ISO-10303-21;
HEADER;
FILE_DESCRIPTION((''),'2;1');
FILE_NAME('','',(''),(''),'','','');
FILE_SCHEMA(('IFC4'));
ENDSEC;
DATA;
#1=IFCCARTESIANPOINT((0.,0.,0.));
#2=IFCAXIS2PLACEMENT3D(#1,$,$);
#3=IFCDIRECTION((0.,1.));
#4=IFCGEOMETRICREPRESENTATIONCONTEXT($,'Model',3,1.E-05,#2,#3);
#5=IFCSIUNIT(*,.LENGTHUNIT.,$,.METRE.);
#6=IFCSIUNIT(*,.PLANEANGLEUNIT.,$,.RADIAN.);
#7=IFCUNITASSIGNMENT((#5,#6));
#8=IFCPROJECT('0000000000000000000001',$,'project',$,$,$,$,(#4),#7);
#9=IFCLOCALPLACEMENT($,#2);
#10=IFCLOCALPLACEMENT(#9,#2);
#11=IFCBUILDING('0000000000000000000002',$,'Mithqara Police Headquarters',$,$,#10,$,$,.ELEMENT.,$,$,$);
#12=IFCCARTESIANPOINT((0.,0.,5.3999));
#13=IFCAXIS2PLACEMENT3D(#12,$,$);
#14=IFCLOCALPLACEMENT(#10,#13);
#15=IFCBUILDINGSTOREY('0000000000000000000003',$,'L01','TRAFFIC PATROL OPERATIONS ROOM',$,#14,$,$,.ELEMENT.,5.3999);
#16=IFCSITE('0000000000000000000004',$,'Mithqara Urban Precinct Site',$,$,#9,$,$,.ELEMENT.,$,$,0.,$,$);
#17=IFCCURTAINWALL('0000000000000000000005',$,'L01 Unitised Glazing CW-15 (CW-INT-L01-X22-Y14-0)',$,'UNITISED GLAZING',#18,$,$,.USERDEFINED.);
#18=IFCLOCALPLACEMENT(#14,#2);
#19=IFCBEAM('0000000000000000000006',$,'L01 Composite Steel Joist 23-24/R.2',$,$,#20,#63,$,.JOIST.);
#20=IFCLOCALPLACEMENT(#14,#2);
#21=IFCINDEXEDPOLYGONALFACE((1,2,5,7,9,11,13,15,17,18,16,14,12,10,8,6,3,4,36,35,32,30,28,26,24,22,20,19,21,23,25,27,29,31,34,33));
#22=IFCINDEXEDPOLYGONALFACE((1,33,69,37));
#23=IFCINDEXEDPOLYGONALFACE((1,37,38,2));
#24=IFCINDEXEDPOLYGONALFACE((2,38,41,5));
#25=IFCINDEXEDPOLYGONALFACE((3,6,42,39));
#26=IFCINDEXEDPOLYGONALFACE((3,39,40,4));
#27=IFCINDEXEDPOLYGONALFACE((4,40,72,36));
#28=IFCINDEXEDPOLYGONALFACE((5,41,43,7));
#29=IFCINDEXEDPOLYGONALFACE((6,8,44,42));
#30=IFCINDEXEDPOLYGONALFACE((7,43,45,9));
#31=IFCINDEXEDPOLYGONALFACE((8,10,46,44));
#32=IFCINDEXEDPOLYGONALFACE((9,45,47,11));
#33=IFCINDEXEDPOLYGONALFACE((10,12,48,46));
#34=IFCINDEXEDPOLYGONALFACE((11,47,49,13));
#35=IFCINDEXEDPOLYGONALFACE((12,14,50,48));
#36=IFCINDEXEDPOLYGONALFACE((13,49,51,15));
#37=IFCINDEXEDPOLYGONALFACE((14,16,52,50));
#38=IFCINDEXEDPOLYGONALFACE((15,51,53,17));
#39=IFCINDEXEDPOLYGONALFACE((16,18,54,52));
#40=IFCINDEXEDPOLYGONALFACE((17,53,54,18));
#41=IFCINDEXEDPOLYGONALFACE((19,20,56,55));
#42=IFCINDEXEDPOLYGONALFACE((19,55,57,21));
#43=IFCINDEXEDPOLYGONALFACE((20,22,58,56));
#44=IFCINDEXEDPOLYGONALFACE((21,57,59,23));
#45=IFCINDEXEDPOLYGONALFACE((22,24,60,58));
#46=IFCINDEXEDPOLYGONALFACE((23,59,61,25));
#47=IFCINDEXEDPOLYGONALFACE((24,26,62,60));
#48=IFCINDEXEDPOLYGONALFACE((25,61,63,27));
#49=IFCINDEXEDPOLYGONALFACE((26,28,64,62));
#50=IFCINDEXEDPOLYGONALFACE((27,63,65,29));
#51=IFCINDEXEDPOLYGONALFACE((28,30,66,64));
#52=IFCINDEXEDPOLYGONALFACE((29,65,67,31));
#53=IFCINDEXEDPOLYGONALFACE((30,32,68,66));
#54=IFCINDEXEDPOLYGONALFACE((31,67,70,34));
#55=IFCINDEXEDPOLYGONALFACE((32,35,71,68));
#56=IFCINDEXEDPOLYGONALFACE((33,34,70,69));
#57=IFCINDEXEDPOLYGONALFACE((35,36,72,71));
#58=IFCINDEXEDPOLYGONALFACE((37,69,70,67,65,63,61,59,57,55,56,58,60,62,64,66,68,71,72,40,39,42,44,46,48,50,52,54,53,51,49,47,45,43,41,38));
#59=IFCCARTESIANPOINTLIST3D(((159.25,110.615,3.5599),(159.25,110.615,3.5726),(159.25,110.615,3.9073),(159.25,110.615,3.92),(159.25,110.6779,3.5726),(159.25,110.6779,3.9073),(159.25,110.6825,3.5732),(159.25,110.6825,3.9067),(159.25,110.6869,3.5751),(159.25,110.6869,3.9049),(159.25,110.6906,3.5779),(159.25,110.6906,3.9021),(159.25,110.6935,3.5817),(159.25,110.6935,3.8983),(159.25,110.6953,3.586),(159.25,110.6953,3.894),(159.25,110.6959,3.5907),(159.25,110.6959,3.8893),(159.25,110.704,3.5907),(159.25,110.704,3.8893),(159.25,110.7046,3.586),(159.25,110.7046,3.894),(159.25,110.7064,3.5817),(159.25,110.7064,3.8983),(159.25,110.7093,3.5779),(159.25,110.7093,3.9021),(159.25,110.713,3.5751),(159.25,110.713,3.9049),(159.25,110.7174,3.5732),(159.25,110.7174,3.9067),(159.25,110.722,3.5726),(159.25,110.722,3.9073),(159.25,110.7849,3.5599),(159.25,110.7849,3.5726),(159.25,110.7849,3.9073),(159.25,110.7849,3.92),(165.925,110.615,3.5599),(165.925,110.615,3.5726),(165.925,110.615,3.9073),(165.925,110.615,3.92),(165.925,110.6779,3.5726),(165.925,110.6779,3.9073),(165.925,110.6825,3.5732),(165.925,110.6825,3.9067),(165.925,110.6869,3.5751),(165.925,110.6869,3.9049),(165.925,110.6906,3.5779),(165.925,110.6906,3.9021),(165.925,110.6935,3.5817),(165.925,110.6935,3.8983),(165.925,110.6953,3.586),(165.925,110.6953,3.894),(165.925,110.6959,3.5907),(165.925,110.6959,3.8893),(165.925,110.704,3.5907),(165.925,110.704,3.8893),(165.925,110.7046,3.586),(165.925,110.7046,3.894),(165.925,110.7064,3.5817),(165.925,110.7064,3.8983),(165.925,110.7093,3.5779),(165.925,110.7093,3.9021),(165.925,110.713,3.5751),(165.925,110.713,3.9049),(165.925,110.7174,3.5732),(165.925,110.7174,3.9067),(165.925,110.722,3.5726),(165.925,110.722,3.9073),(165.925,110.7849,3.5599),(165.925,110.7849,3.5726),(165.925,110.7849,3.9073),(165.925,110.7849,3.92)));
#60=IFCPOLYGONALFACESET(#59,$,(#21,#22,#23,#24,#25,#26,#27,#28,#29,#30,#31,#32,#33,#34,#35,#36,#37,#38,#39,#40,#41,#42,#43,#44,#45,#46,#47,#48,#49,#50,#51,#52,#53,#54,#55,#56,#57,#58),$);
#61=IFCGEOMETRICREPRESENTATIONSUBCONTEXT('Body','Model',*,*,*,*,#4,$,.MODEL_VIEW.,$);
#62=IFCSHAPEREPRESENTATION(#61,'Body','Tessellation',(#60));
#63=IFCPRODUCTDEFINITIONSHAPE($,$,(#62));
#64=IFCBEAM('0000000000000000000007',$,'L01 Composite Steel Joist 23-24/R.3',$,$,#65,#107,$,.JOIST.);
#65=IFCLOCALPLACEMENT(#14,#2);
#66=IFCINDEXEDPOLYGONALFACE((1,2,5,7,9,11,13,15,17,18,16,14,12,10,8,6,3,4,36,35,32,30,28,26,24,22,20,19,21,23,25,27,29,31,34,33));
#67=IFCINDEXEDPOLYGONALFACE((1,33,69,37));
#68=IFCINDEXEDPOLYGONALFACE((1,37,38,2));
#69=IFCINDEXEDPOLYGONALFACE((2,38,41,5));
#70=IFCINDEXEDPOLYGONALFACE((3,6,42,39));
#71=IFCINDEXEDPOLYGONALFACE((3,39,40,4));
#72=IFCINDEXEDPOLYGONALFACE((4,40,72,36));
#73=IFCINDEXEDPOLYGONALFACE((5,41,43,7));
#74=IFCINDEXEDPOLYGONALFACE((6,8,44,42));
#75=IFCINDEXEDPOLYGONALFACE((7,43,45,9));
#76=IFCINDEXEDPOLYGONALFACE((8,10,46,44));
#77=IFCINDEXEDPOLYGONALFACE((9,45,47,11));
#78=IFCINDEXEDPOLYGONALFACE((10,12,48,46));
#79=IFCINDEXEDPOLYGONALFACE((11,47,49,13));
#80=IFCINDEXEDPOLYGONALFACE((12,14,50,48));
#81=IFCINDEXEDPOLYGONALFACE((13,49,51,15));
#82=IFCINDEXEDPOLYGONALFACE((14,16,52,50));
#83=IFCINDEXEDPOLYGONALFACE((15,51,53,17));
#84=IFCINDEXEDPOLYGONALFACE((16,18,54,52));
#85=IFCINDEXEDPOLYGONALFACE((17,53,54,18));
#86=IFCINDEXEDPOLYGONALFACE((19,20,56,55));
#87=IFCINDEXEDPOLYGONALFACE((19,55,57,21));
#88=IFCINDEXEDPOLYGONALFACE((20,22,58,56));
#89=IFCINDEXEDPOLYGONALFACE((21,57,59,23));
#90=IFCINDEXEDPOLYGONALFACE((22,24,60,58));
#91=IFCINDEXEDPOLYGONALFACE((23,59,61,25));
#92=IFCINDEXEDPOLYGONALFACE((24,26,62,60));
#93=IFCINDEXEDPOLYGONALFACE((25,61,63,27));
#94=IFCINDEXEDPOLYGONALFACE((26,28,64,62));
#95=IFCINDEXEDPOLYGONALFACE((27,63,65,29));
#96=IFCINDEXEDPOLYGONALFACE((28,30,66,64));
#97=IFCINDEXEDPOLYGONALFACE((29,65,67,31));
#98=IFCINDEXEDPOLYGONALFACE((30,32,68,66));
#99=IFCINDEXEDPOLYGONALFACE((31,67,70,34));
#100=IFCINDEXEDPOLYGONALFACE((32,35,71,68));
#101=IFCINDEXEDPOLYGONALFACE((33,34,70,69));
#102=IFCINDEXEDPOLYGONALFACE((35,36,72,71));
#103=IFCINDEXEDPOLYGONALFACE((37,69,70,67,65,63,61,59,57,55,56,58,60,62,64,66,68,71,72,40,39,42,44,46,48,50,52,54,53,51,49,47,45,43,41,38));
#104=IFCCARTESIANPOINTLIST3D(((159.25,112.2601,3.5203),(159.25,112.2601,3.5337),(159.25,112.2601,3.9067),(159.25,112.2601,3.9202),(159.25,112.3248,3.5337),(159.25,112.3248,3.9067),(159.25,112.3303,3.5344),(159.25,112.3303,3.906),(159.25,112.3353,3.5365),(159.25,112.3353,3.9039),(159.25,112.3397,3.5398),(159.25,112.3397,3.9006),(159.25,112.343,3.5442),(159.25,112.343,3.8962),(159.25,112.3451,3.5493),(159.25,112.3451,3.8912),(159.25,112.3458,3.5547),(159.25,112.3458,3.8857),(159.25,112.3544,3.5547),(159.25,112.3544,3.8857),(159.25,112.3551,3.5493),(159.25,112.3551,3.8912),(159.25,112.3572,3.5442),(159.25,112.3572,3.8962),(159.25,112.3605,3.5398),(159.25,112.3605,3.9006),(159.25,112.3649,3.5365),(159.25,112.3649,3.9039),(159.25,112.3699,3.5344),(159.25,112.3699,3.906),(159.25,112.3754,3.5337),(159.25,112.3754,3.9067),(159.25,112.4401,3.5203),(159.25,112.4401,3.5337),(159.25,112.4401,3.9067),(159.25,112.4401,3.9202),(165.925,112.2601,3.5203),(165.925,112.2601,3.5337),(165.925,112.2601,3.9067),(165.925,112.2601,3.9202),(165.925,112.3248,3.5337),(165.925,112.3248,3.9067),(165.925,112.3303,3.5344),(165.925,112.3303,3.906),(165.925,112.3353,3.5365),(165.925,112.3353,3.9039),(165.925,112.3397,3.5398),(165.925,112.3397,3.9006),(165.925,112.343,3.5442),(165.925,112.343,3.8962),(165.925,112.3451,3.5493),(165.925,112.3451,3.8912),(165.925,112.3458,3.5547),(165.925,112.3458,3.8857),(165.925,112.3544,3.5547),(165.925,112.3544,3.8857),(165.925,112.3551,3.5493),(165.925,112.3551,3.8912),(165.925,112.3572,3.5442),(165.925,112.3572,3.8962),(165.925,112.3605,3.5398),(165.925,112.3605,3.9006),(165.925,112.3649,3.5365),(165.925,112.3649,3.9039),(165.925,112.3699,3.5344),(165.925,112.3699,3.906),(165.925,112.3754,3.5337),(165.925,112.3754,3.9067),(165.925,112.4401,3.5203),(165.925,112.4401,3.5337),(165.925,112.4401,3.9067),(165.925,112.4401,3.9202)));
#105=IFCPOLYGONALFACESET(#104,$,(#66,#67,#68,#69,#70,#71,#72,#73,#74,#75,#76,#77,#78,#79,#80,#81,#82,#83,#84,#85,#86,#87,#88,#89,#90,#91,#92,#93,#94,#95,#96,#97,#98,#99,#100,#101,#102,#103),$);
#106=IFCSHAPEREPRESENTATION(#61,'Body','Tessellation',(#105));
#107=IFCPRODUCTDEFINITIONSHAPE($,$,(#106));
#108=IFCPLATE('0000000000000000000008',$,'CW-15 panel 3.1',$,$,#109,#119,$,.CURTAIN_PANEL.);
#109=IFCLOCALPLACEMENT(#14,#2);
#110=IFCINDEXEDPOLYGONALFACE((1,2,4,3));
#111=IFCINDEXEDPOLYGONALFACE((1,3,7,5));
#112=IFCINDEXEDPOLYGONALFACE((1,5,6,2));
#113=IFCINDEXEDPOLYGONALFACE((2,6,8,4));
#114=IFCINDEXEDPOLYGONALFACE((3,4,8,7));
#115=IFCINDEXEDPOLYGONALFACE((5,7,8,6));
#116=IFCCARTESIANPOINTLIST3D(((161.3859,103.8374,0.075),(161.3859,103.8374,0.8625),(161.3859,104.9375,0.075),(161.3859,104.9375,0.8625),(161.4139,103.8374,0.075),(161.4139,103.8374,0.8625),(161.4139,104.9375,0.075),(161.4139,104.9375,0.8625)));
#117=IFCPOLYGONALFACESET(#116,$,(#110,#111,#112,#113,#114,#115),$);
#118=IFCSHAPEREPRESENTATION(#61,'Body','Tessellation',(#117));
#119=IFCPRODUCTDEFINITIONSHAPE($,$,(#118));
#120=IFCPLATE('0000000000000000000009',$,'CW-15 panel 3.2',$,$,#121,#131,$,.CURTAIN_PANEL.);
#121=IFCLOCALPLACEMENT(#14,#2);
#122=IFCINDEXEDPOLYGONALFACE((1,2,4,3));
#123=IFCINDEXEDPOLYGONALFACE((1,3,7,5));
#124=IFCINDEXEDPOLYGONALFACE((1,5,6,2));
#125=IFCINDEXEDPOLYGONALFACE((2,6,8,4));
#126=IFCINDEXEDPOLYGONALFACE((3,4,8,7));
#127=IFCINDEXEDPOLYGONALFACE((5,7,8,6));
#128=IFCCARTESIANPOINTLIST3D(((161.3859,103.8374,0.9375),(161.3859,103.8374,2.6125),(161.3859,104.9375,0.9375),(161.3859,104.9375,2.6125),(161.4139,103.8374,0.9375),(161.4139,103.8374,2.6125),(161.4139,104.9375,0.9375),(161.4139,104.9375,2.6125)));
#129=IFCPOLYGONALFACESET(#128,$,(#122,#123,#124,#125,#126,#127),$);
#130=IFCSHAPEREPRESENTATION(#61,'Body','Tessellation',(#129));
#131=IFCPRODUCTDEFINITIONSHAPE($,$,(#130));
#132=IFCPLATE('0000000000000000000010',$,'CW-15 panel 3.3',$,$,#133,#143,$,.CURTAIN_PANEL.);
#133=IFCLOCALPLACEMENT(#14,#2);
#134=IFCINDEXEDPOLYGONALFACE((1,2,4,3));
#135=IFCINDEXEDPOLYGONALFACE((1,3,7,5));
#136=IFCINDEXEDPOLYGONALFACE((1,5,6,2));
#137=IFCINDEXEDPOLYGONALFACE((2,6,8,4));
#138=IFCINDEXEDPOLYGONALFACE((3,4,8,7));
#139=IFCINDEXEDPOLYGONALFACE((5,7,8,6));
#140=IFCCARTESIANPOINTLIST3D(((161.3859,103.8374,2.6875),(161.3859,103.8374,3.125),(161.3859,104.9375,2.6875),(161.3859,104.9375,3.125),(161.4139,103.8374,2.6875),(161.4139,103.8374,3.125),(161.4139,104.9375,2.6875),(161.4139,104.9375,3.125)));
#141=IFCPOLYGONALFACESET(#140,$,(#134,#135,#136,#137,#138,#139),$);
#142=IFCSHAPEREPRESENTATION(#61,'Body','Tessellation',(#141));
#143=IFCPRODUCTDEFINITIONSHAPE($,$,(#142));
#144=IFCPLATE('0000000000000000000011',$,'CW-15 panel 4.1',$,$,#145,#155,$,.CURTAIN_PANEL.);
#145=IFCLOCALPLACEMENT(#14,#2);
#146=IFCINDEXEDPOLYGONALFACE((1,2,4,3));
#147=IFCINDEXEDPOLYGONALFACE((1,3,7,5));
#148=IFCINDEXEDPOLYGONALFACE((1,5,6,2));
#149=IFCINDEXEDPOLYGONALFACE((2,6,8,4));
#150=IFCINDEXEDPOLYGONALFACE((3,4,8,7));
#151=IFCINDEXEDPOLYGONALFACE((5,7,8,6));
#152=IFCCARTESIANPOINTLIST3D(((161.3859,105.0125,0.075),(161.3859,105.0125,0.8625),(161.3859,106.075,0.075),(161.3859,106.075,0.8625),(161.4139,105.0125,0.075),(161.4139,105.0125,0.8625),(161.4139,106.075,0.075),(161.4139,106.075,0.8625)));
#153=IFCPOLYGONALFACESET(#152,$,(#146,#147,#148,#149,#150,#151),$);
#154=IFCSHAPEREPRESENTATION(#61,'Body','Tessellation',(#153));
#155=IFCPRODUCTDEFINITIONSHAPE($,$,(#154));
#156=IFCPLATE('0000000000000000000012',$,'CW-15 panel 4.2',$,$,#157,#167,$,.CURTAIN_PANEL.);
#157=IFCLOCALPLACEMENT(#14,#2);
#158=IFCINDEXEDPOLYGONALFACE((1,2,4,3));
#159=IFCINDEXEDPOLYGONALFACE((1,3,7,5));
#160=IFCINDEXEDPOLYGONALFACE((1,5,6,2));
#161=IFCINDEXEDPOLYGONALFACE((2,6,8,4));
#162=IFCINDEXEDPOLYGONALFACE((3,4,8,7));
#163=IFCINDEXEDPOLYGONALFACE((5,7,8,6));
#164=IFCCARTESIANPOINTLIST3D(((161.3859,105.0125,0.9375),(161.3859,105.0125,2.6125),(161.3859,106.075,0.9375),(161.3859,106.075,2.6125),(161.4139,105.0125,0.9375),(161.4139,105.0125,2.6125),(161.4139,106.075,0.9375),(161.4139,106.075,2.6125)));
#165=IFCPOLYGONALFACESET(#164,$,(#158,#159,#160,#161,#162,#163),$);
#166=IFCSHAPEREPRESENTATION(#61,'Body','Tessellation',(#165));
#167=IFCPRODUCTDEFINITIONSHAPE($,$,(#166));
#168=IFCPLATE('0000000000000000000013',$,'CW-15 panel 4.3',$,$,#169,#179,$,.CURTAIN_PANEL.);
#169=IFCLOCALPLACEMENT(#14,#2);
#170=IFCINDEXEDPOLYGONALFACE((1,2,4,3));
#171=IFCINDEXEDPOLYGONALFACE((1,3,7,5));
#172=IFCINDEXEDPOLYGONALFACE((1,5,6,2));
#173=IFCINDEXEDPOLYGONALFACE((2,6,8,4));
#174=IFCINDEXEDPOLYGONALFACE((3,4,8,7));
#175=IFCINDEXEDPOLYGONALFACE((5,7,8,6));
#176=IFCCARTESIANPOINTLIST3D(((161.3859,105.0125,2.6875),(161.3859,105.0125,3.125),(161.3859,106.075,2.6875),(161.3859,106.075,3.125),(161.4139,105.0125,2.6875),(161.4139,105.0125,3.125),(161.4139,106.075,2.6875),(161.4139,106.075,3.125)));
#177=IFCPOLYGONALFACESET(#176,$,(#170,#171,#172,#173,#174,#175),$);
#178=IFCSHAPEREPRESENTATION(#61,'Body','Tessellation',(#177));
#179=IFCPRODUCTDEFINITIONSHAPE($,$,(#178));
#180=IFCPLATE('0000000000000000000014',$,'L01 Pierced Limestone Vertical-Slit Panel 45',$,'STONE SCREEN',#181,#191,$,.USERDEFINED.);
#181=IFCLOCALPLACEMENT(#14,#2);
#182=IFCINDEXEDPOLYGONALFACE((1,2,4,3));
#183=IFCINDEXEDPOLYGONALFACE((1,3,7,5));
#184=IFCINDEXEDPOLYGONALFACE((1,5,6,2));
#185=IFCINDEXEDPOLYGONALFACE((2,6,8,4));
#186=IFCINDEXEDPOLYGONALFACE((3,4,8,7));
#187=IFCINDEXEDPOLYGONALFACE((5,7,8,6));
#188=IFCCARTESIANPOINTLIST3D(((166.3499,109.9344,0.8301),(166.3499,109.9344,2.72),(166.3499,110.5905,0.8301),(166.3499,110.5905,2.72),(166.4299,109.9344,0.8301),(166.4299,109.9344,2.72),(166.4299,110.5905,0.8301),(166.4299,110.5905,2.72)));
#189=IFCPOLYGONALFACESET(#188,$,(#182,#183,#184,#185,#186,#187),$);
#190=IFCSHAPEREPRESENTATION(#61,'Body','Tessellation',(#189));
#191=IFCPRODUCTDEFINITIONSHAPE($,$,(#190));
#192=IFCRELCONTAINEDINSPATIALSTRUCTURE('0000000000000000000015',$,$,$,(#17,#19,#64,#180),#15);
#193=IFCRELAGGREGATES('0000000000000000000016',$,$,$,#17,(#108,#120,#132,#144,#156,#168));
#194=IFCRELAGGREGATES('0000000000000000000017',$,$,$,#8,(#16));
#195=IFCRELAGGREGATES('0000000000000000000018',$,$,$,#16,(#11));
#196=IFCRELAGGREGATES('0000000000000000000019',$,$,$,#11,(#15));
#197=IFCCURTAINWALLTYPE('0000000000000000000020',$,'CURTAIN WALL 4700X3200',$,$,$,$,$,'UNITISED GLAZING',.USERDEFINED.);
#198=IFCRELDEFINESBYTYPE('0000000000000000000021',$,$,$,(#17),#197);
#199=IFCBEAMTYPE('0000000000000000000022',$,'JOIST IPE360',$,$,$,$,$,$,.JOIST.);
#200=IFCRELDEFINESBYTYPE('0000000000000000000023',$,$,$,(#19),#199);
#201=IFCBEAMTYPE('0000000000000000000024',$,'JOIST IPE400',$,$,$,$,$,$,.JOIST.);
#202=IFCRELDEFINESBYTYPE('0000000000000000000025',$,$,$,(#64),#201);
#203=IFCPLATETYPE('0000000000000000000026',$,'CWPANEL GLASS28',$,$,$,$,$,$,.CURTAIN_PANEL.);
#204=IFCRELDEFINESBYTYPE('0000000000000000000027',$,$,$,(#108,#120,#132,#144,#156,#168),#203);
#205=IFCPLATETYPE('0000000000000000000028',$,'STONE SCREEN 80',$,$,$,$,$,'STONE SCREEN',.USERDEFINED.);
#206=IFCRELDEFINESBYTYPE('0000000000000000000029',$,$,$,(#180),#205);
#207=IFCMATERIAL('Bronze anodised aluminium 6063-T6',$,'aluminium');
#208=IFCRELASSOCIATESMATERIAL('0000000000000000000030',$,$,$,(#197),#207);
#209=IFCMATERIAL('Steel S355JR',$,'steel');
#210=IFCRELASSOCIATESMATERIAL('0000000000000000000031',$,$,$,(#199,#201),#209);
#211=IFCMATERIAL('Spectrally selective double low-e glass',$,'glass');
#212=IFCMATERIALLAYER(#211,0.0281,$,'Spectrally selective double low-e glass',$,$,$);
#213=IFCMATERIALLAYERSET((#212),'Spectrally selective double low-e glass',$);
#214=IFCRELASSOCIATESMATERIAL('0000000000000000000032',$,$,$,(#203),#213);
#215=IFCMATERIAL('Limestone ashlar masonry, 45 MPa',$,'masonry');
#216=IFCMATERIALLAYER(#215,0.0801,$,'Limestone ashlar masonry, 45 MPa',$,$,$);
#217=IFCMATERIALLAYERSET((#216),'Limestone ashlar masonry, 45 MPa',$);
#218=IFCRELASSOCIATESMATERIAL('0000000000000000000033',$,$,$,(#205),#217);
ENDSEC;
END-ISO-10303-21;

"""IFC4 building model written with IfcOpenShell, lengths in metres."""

from ifc_helpers import new_model, si_unit, direction, frame, origin, origin_2d, place, context, subcontext, project, spatial, rectangle, i_section, extrude, material, layer, layer_set, material_profile, profile_set, type_object, element, aggregate, save


model = new_model("IFC4")

# Units and contexts
model_context = context("Model", 3, precision=1e-05, world=origin(), true_north=direction((0.0, 1.0)))
body_context = subcontext(model_context, "Body", "Model", "MODEL_VIEW")
ifc_project = project(units=[si_unit("LENGTHUNIT", "METRE"), si_unit("PLANEANGLEUNIT", "RADIAN")], contexts=[model_context])

# Site, building, storey
site_placement = place(None, origin())
site = spatial("IfcSite", under=ifc_project, at=site_placement, Name="Mithqara Urban Precinct Site", CompositionType="ELEMENT", RefElevation=0.0)
building_placement = place(site_placement, origin())
building = spatial("IfcBuilding", under=site, at=building_placement, Name="Mithqara Police Headquarters", CompositionType="ELEMENT")
storey_placement = place(building_placement, frame((0.0, 0.0, 5.3999)))
storey = spatial("IfcBuildingStorey", under=building, at=storey_placement, Name="L01", Description="TRAFFIC PATROL OPERATIONS ROOM", CompositionType="ELEMENT", Elevation=5.3999)

# Curtain wall
ifc_material_1 = material(Name="Bronze anodised aluminium 6063-T6", Category="aluminium")
curtain_wall_type = type_object("IfcCurtainWallType", Name="CURTAIN WALL 4700X3200", ElementType="UNITISED GLAZING", PredefinedType="USERDEFINED", material=ifc_material_1)
curtain_wall_placement = place(storey_placement, origin())
curtain_wall = element("IfcCurtainWall", 1, at=curtain_wall_placement, inside=storey, type_object=curtain_wall_type, Name="L01 Unitised Glazing CW-15 (CW-INT-L01-X22-Y14-0)", ObjectType="UNITISED GLAZING", PredefinedType="USERDEFINED")

# Beams
ifc_material_2 = material(Name="Steel S355JR", Category="steel")
ifc_material_profile_1 = material_profile(ifc_material_2, i_section(OverallWidth=0.1699, OverallDepth=0.3601, WebThickness=0.0081, FlangeThickness=0.0127, FilletRadius=0.0181, at=origin_2d()), Name="IPE 360")
ifc_profile_set_1 = profile_set([ifc_material_profile_1], Name="Steel S355JR")
beam_type_1 = type_object("IfcBeamType", Name="JOIST IPE360", PredefinedType="JOIST", material=ifc_profile_set_1)
beam_1_placement = place(storey_placement, frame((159.25, 110.7, 3.74), z_axis=(1.0, 0.0, 0.0), x_axis=(0.0, 1.0, 0.0)))
element("IfcBeam", 2, at=beam_1_placement, inside=storey, type_object=beam_type_1, Name="L01 Composite Steel Joist 23-24/R.2", PredefinedType="JOIST", context=body_context, shape_type="SweptSolid", body=[
    extrude(i_section(OverallWidth=0.1699, OverallDepth=0.3601, WebThickness=0.0081, FlangeThickness=0.0127, FilletRadius=0.0181, at=origin_2d()), origin(), (0.0, 0.0, 1.0), 6.675),
])
ifc_material_profile_2 = material_profile(ifc_material_2, i_section(OverallWidth=0.1799, OverallDepth=0.3999, WebThickness=0.0085, FlangeThickness=0.0134, FilletRadius=0.021, at=origin_2d()), Name="IPE 400")
ifc_profile_set_2 = profile_set([ifc_material_profile_2], Name="Steel S355JR")
beam_type_2 = type_object("IfcBeamType", Name="JOIST IPE400", PredefinedType="JOIST", material=ifc_profile_set_2)
beam_2_placement = place(storey_placement, frame((159.25, 112.3501, 3.7202), z_axis=(1.0, 0.0, 0.0), x_axis=(0.0, 1.0, 0.0)))
element("IfcBeam", 3, at=beam_2_placement, inside=storey, type_object=beam_type_2, Name="L01 Composite Steel Joist 23-24/R.3", PredefinedType="JOIST", context=body_context, shape_type="SweptSolid", body=[
    extrude(i_section(OverallWidth=0.1799, OverallDepth=0.3999, WebThickness=0.0085, FlangeThickness=0.0134, FilletRadius=0.021, at=origin_2d()), origin(), (0.0, 0.0, 1.0), 6.675),
])

# Plates
ifc_material_3 = material(Name="Spectrally selective double low-e glass", Category="glass")
ifc_layer_1 = layer(ifc_material_3, 0.0281, Name="Spectrally selective double low-e glass")
ifc_layer_set_1 = layer_set([ifc_layer_1], Name="Spectrally selective double low-e glass")
plate_type_1 = type_object("IfcPlateType", Name="CWPANEL GLASS28", PredefinedType="CURTAIN_PANEL", material=ifc_layer_set_1)
plate_1_placement = place(storey_placement, frame((161.3999, 104.3875, 0.075), z_axis=(0.0, 0.0, 1.0), x_axis=(0.0, 1.0, 0.0)))
plate_1 = element("IfcPlate", 4, at=plate_1_placement, type_object=plate_type_1, Name="CW-15 panel 3.1", PredefinedType="CURTAIN_PANEL", context=body_context, shape_type="SweptSolid", body=[
    extrude(rectangle(XDim=1.1001, YDim=0.0281, at=origin_2d()), origin(), (0.0, 0.0, 1.0), 0.7876),
])
plate_2_placement = place(storey_placement, frame((161.3999, 104.3875, 0.9375), z_axis=(0.0, 0.0, 1.0), x_axis=(0.0, 1.0, 0.0)))
plate_2 = element("IfcPlate", 5, at=plate_2_placement, type_object=plate_type_1, Name="CW-15 panel 3.2", PredefinedType="CURTAIN_PANEL", context=body_context, shape_type="SweptSolid", body=[
    extrude(rectangle(XDim=1.1001, YDim=0.0281, at=origin_2d()), origin(), (0.0, 0.0, 1.0), 1.675),
])
plate_3_placement = place(storey_placement, frame((161.3999, 104.3875, 2.6875), z_axis=(0.0, 0.0, 1.0), x_axis=(0.0, 1.0, 0.0)))
plate_3 = element("IfcPlate", 6, at=plate_3_placement, type_object=plate_type_1, Name="CW-15 panel 3.3", PredefinedType="CURTAIN_PANEL", context=body_context, shape_type="SweptSolid", body=[
    extrude(rectangle(XDim=1.1001, YDim=0.0281, at=origin_2d()), origin(), (0.0, 0.0, 1.0), 0.4375),
])
plate_4_placement = place(storey_placement, frame((161.3999, 105.5437, 0.075), z_axis=(0.0, 0.0, 1.0), x_axis=(0.0, 1.0, 0.0)))
plate_4 = element("IfcPlate", 7, at=plate_4_placement, type_object=plate_type_1, Name="CW-15 panel 4.1", PredefinedType="CURTAIN_PANEL", context=body_context, shape_type="SweptSolid", body=[
    extrude(rectangle(XDim=1.0625, YDim=0.0281, at=origin_2d()), origin(), (0.0, 0.0, 1.0), 0.7876),
])
plate_5_placement = place(storey_placement, frame((161.3999, 105.5437, 0.9375), z_axis=(0.0, 0.0, 1.0), x_axis=(0.0, 1.0, 0.0)))
plate_5 = element("IfcPlate", 8, at=plate_5_placement, type_object=plate_type_1, Name="CW-15 panel 4.2", PredefinedType="CURTAIN_PANEL", context=body_context, shape_type="SweptSolid", body=[
    extrude(rectangle(XDim=1.0625, YDim=0.0281, at=origin_2d()), origin(), (0.0, 0.0, 1.0), 1.675),
])
plate_6_placement = place(storey_placement, frame((161.3999, 105.5437, 2.6875), z_axis=(0.0, 0.0, 1.0), x_axis=(0.0, 1.0, 0.0)))
plate_6 = element("IfcPlate", 9, at=plate_6_placement, type_object=plate_type_1, Name="CW-15 panel 4.3", PredefinedType="CURTAIN_PANEL", context=body_context, shape_type="SweptSolid", body=[
    extrude(rectangle(XDim=1.0625, YDim=0.0281, at=origin_2d()), origin(), (0.0, 0.0, 1.0), 0.4375),
])
aggregate(curtain_wall, [plate_1, plate_2, plate_3, plate_4, plate_5, plate_6])

# Plate
ifc_material_4 = material(Name="Limestone ashlar masonry, 45 MPa", Category="masonry")
ifc_layer_2 = layer(ifc_material_4, 0.0801, Name="Limestone ashlar masonry, 45 MPa")
ifc_layer_set_2 = layer_set([ifc_layer_2], Name="Limestone ashlar masonry, 45 MPa")
plate_type_2 = type_object("IfcPlateType", Name="STONE SCREEN 80", ElementType="STONE SCREEN", PredefinedType="USERDEFINED", material=ifc_layer_set_2)
for number, where, z_axis, x_axis, name in (
    (10, (166.3899, 110.2625, 0.8301), (0.0, 0.0, 1.0), (0.0, 1.0, 0.0), "L01 Pierced Limestone Vertical-Slit Panel 45"),
):
    element("IfcPlate", number, at=place(storey_placement, frame(where, z_axis=z_axis, x_axis=x_axis)), inside=storey, type_object=plate_type_2, Name=name, ObjectType="STONE SCREEN", PredefinedType="USERDEFINED", context=body_context, shape_type="SweptSolid", body=[
        extrude(rectangle(XDim=0.656, YDim=0.0801, at=origin_2d()), origin(), (0.0, 0.0, 1.0), 1.8899),
    ])

save(model, "model.ifc")
